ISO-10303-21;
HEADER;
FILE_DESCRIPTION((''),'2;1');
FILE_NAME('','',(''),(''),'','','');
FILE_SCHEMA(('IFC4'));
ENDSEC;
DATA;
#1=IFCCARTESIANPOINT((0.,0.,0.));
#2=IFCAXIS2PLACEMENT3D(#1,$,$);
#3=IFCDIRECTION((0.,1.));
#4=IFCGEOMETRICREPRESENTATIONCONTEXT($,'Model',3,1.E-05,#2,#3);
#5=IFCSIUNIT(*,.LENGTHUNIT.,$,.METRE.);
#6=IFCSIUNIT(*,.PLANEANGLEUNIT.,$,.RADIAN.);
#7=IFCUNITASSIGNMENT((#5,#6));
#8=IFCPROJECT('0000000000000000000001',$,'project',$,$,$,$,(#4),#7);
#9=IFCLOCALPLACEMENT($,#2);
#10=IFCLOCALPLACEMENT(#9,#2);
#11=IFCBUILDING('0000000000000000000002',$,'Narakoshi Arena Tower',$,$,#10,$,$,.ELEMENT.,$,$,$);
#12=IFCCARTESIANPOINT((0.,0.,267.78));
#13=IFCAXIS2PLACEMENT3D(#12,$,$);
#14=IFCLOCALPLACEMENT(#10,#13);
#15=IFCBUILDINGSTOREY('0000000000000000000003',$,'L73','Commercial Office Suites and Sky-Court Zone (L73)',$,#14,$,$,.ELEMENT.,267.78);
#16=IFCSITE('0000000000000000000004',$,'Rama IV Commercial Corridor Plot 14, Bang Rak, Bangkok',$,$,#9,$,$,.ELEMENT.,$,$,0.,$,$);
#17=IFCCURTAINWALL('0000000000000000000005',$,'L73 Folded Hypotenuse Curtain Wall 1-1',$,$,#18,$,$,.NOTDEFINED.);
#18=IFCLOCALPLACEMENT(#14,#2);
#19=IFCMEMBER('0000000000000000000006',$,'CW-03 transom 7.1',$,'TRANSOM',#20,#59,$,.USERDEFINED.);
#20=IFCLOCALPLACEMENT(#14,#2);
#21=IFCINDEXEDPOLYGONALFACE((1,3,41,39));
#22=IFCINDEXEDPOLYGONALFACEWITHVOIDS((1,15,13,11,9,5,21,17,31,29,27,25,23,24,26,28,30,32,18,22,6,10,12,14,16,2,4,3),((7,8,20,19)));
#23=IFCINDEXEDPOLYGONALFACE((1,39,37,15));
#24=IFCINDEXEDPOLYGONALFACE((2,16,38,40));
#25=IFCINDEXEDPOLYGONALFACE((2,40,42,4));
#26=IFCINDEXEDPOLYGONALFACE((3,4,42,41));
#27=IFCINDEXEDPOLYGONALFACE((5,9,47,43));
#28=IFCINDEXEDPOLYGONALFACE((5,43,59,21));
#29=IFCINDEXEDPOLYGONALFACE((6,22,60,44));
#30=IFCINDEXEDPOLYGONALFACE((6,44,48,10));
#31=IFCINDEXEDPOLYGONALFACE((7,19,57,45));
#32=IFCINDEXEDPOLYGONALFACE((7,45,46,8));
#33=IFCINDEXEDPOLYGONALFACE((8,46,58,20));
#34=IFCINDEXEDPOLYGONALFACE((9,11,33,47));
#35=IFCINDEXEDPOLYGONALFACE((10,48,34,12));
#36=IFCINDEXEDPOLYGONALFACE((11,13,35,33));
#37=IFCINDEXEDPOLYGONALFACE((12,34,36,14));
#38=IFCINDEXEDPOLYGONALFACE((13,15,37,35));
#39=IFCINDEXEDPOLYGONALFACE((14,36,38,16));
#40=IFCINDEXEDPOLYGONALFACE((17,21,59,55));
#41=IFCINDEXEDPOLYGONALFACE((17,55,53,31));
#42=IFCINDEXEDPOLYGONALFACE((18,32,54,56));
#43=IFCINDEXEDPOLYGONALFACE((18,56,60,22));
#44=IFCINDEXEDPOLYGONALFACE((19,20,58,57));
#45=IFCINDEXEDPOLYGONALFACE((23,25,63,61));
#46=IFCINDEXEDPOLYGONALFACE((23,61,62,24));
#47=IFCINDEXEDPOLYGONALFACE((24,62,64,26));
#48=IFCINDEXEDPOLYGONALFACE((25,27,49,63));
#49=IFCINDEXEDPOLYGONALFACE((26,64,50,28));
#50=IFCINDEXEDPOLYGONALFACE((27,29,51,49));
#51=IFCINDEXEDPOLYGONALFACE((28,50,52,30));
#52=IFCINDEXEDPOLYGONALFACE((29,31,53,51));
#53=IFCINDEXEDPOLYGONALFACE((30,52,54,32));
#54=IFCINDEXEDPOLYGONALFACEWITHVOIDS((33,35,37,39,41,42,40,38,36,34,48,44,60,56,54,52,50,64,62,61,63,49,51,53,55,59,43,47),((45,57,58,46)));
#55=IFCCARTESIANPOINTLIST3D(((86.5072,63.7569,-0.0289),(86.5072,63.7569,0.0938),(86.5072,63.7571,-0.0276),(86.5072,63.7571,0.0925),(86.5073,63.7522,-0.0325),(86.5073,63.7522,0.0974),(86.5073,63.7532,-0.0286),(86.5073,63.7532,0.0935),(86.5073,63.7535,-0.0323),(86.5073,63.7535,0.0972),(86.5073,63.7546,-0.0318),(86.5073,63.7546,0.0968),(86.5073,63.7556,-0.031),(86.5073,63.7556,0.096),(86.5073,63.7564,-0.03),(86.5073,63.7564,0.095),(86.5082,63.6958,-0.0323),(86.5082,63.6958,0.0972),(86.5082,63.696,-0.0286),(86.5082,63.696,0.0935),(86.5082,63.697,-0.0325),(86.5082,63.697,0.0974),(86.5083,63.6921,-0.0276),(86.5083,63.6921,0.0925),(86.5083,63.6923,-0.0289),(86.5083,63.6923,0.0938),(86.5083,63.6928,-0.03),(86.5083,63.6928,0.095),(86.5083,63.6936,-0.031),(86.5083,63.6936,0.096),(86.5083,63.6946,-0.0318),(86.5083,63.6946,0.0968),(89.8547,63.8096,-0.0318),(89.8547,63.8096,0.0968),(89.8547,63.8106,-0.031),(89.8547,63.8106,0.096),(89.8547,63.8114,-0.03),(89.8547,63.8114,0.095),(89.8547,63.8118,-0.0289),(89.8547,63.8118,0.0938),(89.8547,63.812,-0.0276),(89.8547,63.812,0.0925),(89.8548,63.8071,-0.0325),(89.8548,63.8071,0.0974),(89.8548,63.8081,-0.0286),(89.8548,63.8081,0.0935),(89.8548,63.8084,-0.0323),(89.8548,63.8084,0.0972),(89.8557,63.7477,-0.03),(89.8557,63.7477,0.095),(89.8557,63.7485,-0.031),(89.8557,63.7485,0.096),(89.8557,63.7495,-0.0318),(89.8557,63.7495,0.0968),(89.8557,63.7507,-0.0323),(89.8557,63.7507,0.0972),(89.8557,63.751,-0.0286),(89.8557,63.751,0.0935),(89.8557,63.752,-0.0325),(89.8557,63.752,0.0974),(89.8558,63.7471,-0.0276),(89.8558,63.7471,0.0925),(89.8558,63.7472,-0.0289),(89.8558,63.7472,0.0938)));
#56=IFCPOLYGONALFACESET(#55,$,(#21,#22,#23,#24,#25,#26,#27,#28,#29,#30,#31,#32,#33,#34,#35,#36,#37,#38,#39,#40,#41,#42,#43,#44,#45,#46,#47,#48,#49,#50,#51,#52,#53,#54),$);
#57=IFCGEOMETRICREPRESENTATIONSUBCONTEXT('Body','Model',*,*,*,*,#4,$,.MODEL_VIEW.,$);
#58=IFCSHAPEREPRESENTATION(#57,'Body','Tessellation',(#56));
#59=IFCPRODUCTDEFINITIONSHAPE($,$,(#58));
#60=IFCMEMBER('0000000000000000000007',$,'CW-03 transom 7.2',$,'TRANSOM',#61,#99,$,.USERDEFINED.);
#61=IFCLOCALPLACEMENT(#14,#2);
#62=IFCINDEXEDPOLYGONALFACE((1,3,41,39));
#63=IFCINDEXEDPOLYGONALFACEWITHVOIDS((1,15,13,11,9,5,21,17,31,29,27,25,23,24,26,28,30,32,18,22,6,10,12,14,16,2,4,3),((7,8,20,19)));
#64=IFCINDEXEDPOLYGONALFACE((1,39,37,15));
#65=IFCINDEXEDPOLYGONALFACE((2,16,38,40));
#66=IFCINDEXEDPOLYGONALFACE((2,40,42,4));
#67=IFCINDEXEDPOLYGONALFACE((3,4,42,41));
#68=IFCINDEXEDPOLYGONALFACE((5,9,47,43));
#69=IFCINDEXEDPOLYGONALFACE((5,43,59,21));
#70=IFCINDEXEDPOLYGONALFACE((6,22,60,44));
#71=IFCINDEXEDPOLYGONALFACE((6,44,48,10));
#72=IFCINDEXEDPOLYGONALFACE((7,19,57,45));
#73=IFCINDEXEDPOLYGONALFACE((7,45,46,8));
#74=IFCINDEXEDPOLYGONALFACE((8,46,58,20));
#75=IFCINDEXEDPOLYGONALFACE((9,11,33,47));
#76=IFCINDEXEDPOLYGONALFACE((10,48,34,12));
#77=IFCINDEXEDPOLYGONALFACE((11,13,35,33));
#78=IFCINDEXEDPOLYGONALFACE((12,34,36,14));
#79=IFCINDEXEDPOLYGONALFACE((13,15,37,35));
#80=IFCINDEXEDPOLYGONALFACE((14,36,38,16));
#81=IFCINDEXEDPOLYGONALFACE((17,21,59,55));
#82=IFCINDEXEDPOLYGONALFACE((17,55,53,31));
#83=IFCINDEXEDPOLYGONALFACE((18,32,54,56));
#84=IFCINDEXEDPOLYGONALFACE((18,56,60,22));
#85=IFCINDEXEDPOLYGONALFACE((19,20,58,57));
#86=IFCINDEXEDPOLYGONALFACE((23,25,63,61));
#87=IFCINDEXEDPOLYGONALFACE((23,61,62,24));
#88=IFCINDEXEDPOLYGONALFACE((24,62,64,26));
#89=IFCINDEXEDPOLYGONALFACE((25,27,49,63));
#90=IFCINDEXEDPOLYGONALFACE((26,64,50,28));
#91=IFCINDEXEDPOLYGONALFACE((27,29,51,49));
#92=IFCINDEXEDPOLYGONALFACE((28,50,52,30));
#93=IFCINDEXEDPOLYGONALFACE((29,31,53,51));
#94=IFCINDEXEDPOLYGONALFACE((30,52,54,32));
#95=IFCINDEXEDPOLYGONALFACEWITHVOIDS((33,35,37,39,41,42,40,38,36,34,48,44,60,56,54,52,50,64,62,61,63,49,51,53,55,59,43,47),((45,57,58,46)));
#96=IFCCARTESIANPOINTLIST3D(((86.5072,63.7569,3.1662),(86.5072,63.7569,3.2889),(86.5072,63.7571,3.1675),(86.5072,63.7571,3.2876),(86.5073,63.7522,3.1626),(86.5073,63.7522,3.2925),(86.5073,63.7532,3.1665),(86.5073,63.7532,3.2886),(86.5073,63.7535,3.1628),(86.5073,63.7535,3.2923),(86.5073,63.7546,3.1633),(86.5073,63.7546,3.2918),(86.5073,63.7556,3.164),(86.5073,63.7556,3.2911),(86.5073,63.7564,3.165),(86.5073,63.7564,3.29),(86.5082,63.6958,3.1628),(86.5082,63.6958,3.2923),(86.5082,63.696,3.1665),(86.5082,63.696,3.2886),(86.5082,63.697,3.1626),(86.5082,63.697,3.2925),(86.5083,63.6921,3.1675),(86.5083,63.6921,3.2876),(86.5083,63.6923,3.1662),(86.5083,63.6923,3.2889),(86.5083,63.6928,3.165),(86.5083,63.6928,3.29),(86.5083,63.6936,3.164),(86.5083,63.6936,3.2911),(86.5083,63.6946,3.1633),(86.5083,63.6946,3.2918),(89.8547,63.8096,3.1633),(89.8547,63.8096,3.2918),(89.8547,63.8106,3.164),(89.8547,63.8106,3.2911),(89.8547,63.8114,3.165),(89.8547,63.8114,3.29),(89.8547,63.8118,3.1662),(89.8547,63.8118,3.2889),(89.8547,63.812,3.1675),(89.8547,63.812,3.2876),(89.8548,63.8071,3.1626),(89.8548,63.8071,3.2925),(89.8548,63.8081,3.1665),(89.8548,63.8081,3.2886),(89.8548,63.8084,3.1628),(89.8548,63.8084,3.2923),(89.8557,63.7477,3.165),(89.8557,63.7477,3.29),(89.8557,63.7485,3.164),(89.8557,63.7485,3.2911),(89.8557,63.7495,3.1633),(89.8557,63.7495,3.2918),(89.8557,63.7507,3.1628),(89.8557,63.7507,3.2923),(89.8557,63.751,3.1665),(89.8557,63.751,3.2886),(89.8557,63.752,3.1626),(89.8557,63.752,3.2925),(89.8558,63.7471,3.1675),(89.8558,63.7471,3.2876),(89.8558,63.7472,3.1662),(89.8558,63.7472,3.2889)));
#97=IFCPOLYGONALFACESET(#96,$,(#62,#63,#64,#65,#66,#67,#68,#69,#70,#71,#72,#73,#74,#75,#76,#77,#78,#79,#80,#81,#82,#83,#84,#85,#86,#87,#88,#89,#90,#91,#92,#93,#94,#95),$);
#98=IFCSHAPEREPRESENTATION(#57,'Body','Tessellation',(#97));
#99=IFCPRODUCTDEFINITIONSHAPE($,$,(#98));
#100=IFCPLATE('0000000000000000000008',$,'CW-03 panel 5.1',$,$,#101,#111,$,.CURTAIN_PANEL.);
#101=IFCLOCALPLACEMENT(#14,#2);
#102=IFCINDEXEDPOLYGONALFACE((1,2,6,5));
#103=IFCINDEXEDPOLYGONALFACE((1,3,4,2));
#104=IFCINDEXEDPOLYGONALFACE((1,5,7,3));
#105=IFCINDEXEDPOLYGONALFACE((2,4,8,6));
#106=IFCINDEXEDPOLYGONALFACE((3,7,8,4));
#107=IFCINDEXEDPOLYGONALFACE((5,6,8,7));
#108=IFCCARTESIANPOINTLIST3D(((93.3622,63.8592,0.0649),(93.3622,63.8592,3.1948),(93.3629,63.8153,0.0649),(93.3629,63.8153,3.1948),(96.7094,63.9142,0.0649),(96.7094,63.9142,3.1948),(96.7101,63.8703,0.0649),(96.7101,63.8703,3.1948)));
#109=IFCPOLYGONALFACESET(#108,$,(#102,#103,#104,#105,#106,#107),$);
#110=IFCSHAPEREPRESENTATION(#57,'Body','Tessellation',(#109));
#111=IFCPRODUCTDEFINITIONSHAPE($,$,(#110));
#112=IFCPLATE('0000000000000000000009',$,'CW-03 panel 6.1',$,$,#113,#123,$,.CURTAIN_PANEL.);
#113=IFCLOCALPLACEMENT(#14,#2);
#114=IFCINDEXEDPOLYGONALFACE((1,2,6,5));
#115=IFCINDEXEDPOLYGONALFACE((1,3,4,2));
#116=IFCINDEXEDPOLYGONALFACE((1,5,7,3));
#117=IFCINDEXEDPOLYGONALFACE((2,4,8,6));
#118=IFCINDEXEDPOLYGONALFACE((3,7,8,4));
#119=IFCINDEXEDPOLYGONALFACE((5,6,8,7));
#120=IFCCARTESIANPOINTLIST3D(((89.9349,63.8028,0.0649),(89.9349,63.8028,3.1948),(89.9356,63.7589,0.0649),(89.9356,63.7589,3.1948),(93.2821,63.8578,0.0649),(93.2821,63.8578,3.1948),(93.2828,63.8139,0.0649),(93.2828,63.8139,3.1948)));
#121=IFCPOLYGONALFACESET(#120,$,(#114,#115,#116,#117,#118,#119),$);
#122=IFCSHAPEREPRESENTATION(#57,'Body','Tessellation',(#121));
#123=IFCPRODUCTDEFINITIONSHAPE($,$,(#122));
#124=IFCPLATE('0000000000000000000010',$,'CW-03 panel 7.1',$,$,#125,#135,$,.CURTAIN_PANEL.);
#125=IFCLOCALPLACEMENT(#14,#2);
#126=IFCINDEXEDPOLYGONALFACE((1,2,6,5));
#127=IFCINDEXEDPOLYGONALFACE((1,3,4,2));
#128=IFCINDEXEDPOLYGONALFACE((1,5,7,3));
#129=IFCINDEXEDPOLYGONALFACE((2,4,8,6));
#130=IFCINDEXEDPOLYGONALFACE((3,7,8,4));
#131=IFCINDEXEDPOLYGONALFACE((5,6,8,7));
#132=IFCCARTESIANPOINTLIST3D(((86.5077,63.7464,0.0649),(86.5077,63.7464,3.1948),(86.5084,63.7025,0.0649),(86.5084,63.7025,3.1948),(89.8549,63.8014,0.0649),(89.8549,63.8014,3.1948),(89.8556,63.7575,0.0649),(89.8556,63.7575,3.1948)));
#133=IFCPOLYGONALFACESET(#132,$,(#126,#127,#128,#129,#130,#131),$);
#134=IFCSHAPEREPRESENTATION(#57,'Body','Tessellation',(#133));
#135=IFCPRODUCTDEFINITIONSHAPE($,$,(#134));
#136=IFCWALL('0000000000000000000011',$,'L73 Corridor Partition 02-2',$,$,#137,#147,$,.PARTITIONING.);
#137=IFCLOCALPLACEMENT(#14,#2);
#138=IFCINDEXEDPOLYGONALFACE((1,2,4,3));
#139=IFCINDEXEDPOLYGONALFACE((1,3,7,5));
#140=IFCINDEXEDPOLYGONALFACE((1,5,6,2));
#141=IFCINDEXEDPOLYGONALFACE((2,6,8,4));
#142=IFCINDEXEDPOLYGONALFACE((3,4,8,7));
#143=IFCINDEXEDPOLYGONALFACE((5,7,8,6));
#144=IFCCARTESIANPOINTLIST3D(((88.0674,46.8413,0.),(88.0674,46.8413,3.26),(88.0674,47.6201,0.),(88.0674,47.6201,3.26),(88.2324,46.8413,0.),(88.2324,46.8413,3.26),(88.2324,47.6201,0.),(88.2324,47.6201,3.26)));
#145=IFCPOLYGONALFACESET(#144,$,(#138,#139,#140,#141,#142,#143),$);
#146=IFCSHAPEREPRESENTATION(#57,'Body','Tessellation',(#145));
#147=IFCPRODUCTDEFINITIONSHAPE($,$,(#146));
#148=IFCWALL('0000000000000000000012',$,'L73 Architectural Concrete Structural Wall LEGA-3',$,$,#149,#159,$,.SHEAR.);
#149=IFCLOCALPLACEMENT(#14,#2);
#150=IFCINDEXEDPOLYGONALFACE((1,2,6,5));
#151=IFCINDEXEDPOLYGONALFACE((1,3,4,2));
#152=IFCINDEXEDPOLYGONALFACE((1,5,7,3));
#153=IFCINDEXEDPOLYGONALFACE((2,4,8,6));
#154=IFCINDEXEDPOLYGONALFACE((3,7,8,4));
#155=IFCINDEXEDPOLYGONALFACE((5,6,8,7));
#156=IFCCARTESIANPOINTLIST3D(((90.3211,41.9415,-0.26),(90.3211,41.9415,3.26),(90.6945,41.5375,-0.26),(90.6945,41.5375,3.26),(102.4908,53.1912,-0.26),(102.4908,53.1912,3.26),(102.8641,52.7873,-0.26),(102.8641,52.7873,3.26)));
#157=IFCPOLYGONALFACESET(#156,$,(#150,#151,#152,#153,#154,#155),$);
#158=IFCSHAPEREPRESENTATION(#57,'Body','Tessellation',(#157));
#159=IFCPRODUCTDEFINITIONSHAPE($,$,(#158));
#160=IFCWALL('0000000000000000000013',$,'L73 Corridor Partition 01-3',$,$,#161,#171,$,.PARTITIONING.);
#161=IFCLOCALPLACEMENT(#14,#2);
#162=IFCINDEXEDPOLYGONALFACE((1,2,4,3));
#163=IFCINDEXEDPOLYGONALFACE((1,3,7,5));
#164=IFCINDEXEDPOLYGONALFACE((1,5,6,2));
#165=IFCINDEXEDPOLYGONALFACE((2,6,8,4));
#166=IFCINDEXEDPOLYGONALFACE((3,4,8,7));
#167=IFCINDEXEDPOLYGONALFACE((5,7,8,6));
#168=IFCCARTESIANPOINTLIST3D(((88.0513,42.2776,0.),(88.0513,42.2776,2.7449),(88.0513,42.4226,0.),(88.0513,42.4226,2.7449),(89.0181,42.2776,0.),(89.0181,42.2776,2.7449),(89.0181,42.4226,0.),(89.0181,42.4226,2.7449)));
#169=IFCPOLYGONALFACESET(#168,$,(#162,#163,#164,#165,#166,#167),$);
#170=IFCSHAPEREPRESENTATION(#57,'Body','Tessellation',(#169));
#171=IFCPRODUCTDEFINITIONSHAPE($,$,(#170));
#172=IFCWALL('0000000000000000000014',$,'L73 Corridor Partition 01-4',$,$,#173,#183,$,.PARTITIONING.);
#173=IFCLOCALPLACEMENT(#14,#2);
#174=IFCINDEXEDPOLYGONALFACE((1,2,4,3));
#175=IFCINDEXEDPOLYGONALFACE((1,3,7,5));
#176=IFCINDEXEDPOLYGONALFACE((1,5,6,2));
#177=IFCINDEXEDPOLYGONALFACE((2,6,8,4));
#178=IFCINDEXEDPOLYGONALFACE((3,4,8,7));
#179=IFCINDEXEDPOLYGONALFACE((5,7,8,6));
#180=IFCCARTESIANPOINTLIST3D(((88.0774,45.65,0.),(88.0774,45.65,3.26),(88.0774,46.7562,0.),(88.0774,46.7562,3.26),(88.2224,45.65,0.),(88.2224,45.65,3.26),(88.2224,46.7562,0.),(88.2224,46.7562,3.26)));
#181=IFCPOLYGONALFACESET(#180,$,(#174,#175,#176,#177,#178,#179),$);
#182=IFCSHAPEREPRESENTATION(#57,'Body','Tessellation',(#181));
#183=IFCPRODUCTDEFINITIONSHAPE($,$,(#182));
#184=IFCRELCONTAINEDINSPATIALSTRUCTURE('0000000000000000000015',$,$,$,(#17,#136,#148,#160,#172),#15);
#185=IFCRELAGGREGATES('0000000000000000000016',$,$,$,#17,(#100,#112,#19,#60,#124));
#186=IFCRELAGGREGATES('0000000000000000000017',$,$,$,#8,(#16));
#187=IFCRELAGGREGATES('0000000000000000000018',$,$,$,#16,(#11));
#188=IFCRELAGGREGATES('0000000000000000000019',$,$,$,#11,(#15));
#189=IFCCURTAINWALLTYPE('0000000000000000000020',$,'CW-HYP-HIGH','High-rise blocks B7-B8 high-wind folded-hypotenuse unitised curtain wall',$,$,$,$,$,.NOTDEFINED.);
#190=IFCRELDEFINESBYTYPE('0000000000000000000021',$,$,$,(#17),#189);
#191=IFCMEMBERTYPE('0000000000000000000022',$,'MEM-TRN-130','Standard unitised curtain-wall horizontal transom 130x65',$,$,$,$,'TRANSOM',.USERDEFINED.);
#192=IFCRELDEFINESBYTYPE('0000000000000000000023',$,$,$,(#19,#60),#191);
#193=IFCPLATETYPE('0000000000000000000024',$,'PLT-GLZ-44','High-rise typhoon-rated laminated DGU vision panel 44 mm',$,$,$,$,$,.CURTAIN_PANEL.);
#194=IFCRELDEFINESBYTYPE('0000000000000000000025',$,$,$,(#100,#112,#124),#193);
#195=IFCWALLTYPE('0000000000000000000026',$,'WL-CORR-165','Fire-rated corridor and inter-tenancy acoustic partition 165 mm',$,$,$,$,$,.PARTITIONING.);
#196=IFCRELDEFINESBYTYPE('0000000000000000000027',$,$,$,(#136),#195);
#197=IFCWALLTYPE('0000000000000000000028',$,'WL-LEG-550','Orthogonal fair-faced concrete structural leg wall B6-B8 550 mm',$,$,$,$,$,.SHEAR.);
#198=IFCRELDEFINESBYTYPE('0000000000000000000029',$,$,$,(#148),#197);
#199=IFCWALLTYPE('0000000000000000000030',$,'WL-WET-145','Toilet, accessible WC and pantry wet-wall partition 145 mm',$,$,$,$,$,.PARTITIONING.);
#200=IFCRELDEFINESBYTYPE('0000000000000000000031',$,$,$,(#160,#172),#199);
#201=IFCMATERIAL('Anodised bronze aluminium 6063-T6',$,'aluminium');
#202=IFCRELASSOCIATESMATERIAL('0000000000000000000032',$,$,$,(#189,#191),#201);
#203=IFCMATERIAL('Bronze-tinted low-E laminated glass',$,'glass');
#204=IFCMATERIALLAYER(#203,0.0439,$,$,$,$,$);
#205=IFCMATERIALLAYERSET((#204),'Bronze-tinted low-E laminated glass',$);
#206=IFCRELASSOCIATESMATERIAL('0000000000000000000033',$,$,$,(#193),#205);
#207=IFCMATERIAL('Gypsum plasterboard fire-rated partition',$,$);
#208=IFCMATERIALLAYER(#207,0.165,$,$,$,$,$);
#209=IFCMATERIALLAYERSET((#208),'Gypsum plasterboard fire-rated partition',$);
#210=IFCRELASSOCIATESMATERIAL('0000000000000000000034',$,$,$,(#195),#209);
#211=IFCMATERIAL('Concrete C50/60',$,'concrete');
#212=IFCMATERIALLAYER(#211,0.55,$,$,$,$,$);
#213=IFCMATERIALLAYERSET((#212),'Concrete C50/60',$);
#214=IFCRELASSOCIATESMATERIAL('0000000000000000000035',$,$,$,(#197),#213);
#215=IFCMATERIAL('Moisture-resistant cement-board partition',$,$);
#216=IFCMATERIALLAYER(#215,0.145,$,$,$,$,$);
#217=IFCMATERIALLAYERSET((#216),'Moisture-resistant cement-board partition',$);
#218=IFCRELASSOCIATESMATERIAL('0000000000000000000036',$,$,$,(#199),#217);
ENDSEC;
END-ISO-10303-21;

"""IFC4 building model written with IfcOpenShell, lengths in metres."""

from ifc_helpers import new_model, si_unit, direction, frame, frame_2d, origin, origin_2d, place, context, subcontext, project, spatial, rectangle, hollow_rectangle, extrude, material, layer, layer_set, material_profile, profile_set, type_object, element, aggregate, save


model = new_model("IFC4")

# Units and contexts
model_context = context("Model", 3, precision=1e-05, world=origin(), true_north=direction((0.0, 1.0)))
body_context = subcontext(model_context, "Body", "Model", "MODEL_VIEW")
ifc_project = project(units=[si_unit("LENGTHUNIT", "METRE"), si_unit("PLANEANGLEUNIT", "RADIAN")], contexts=[model_context])

# Site, building, storey
site_placement = place(None, origin())
site = spatial("IfcSite", under=ifc_project, at=site_placement, Name="Rama IV Commercial Corridor Plot 14, Bang Rak, Bangkok", CompositionType="ELEMENT", RefElevation=0.0)
building_placement = place(site_placement, origin())
building = spatial("IfcBuilding", under=site, at=building_placement, Name="Narakoshi Arena Tower", CompositionType="ELEMENT")
storey_placement = place(building_placement, frame((0.0, 0.0, 267.78)))
storey = spatial("IfcBuildingStorey", under=building, at=storey_placement, Name="L73", Description="Commercial Office Suites and Sky-Court Zone (L73)", CompositionType="ELEMENT", Elevation=267.78)

# Shared definitions
ifc_material_1 = material(Name="Concrete C50/60", Category="concrete")

# Curtain wall, members, plates
ifc_material_2 = material(Name="Anodised bronze aluminium 6063-T6", Category="aluminium")
curtain_wall_type = type_object("IfcCurtainWallType", Name="CW-HYP-HIGH", Description="High-rise blocks B7-B8 high-wind folded-hypotenuse unitised curtain wall", PredefinedType="NOTDEFINED", material=ifc_material_2)
curtain_wall_placement = place(storey_placement, origin())
curtain_wall = element("IfcCurtainWall", 1, at=curtain_wall_placement, inside=storey, type_object=curtain_wall_type, Name="L73 Folded Hypotenuse Curtain Wall 1-1", PredefinedType="NOTDEFINED")
ifc_material_profile_1 = material_profile(ifc_material_2, hollow_rectangle(XDim=0.0649, YDim=0.1299, WallThickness=0.0039, OuterFilletRadius=0.0049, at=origin_2d()), Name="TRN130x65x4")
ifc_profile_set_1 = profile_set([ifc_material_profile_1], Name="Anodised bronze aluminium 6063-T6")
member_type_1 = type_object("IfcMemberType", Name="MEM-TRN-130", Description="Standard unitised curtain-wall horizontal transom 130x65", ElementType="TRANSOM", PredefinedType="USERDEFINED", material=ifc_profile_set_1)
member_1_placement = place(storey_placement, frame((89.8552, 63.7795, 0.0325), z_axis=(-0.999865, -0.016408, 0.0), x_axis=(0.016408, -0.999865, 0.0)))
member_1 = element("IfcMember", 2, at=member_1_placement, type_object=member_type_1, Name="CW-03 transom 7.1", ObjectType="TRANSOM", PredefinedType="USERDEFINED", context=body_context, shape_type="SweptSolid", body=[
    extrude(hollow_rectangle(XDim=0.0649, YDim=0.1299, WallThickness=0.0039, OuterFilletRadius=0.0049, at=origin_2d()), origin(), (0.0, 0.0, 1.0), 3.3479),
])
member_2_placement = place(storey_placement, frame((89.8552, 63.7795, 3.2275), z_axis=(-0.999865, -0.016408, 0.0), x_axis=(0.016408, -0.999865, 0.0)))
member_2 = element("IfcMember", 3, at=member_2_placement, type_object=member_type_1, Name="CW-03 transom 7.2", ObjectType="TRANSOM", PredefinedType="USERDEFINED", context=body_context, shape_type="SweptSolid", body=[
    extrude(hollow_rectangle(XDim=0.0649, YDim=0.1299, WallThickness=0.0039, OuterFilletRadius=0.0049, at=origin_2d()), origin(), (0.0, 0.0, 1.0), 3.3479),
])
ifc_material_3 = material(Name="Bronze-tinted low-E laminated glass", Category="glass")
ifc_layer_1 = layer(ifc_material_3, 0.0439)
ifc_layer_set_1 = layer_set([ifc_layer_1], Name="Bronze-tinted low-E laminated glass")
plate_type = type_object("IfcPlateType", Name="PLT-GLZ-44", Description="High-rise typhoon-rated laminated DGU vision panel 44 mm", PredefinedType="CURTAIN_PANEL", material=ifc_layer_set_1)
plate_1_placement = place(storey_placement, frame((95.0361, 63.8647, 0.0649), z_axis=(0.0, 0.0, 1.0), x_axis=(-0.999865, -0.016443, 0.0)))
plate_1 = element("IfcPlate", 4, at=plate_1_placement, type_object=plate_type, Name="CW-03 panel 5.1", PredefinedType="CURTAIN_PANEL", context=body_context, shape_type="SweptSolid", body=[
    extrude(rectangle(XDim=3.3477, YDim=0.0439, at=origin_2d()), origin(), (0.0, 0.0, 1.0), 3.1299),
])
plate_2_placement = place(storey_placement, frame((91.6089, 63.8083, 0.0649), z_axis=(0.0, 0.0, 1.0), x_axis=(-0.999865, -0.016443, 0.0)))
plate_2 = element("IfcPlate", 5, at=plate_2_placement, type_object=plate_type, Name="CW-03 panel 6.1", PredefinedType="CURTAIN_PANEL", context=body_context, shape_type="SweptSolid", body=[
    extrude(rectangle(XDim=3.3477, YDim=0.0439, at=origin_2d()), origin(), (0.0, 0.0, 1.0), 3.1299),
])
plate_3_placement = place(storey_placement, frame((88.1816, 63.752, 0.0649), z_axis=(0.0, 0.0, 1.0), x_axis=(-0.999865, -0.016443, 0.0)))
plate_3 = element("IfcPlate", 6, at=plate_3_placement, type_object=plate_type, Name="CW-03 panel 7.1", PredefinedType="CURTAIN_PANEL", context=body_context, shape_type="SweptSolid", body=[
    extrude(rectangle(XDim=3.3477, YDim=0.0439, at=origin_2d()), origin(), (0.0, 0.0, 1.0), 3.1299),
])
aggregate(curtain_wall, [plate_1, plate_2, member_1, member_2, plate_3])

# Walls
ifc_material_4 = material(Name="Gypsum plasterboard fire-rated partition")
ifc_layer_2 = layer(ifc_material_4, 0.165)
ifc_layer_set_2 = layer_set([ifc_layer_2], Name="Gypsum plasterboard fire-rated partition")
wall_type_1 = type_object("IfcWallType", Name="WL-CORR-165", Description="Fire-rated corridor and inter-tenancy acoustic partition 165 mm", PredefinedType="PARTITIONING", material=ifc_layer_set_2)
wall_1_placement = place(storey_placement, frame((88.1499, 46.8413, 0.0), z_axis=(0.0, 0.0, 1.0), x_axis=(0.0, 1.0, 0.0)))
element("IfcWall", 7, at=wall_1_placement, inside=storey, type_object=wall_type_1, Name="L73 Corridor Partition 02-2", PredefinedType="PARTITIONING", context=body_context, shape_type="SweptSolid", body=[
    extrude(rectangle(XDim=0.7788, YDim=0.165, at=frame_2d((0.3894, 0.0))), origin(), (0.0, 0.0, 1.0), 3.26),
])
ifc_layer_3 = layer(ifc_material_1, 0.55)
ifc_layer_set_3 = layer_set([ifc_layer_3], Name="Concrete C50/60")
wall_type_2 = type_object("IfcWallType", Name="WL-LEG-550", Description="Orthogonal fair-faced concrete structural leg wall B6-B8 550 mm", PredefinedType="SHEAR", material=ifc_layer_set_3)
wall_2_placement = place(storey_placement, frame((90.5078, 41.7395, -0.26), z_axis=(0.0, 0.0, 1.0), x_axis=(0.734316, 0.678808, 0.0)))
element("IfcWall", 8, at=wall_2_placement, inside=storey, type_object=wall_type_2, Name="L73 Architectural Concrete Structural Wall LEGA-3", PredefinedType="SHEAR", context=body_context, shape_type="SweptSolid", body=[
    extrude(rectangle(XDim=16.5728, YDim=0.55, at=frame_2d((8.2864, 0.0))), origin(), (0.0, 0.0, 1.0), 3.52),
])
ifc_material_5 = material(Name="Moisture-resistant cement-board partition")
ifc_layer_4 = layer(ifc_material_5, 0.145)
ifc_layer_set_4 = layer_set([ifc_layer_4], Name="Moisture-resistant cement-board partition")
wall_type_3 = type_object("IfcWallType", Name="WL-WET-145", Description="Toilet, accessible WC and pantry wet-wall partition 145 mm", PredefinedType="PARTITIONING", material=ifc_layer_set_4)
wall_3_placement = place(storey_placement, frame((89.0181, 42.3501, 0.0), z_axis=(0.0, 0.0, 1.0), x_axis=(-1.0, 0.0, 0.0)))
element("IfcWall", 9, at=wall_3_placement, inside=storey, type_object=wall_type_3, Name="L73 Corridor Partition 01-3", PredefinedType="PARTITIONING", context=body_context, shape_type="SweptSolid", body=[
    extrude(rectangle(XDim=0.9668, YDim=0.145, at=frame_2d((0.4834, 0.0))), origin(), (0.0, 0.0, 1.0), 2.7449),
])
wall_4_placement = place(storey_placement, frame((88.1499, 45.6499, 0.0), z_axis=(0.0, 0.0, 1.0), x_axis=(0.0, 1.0, 0.0)))
element("IfcWall", 10, at=wall_4_placement, inside=storey, type_object=wall_type_3, Name="L73 Corridor Partition 01-4", PredefinedType="PARTITIONING", context=body_context, shape_type="SweptSolid", body=[
    extrude(rectangle(XDim=1.1062, YDim=0.145, at=frame_2d((0.5532, 0.0))), origin(), (0.0, 0.0, 1.0), 3.26),
])

save(model, "model.ifc")
